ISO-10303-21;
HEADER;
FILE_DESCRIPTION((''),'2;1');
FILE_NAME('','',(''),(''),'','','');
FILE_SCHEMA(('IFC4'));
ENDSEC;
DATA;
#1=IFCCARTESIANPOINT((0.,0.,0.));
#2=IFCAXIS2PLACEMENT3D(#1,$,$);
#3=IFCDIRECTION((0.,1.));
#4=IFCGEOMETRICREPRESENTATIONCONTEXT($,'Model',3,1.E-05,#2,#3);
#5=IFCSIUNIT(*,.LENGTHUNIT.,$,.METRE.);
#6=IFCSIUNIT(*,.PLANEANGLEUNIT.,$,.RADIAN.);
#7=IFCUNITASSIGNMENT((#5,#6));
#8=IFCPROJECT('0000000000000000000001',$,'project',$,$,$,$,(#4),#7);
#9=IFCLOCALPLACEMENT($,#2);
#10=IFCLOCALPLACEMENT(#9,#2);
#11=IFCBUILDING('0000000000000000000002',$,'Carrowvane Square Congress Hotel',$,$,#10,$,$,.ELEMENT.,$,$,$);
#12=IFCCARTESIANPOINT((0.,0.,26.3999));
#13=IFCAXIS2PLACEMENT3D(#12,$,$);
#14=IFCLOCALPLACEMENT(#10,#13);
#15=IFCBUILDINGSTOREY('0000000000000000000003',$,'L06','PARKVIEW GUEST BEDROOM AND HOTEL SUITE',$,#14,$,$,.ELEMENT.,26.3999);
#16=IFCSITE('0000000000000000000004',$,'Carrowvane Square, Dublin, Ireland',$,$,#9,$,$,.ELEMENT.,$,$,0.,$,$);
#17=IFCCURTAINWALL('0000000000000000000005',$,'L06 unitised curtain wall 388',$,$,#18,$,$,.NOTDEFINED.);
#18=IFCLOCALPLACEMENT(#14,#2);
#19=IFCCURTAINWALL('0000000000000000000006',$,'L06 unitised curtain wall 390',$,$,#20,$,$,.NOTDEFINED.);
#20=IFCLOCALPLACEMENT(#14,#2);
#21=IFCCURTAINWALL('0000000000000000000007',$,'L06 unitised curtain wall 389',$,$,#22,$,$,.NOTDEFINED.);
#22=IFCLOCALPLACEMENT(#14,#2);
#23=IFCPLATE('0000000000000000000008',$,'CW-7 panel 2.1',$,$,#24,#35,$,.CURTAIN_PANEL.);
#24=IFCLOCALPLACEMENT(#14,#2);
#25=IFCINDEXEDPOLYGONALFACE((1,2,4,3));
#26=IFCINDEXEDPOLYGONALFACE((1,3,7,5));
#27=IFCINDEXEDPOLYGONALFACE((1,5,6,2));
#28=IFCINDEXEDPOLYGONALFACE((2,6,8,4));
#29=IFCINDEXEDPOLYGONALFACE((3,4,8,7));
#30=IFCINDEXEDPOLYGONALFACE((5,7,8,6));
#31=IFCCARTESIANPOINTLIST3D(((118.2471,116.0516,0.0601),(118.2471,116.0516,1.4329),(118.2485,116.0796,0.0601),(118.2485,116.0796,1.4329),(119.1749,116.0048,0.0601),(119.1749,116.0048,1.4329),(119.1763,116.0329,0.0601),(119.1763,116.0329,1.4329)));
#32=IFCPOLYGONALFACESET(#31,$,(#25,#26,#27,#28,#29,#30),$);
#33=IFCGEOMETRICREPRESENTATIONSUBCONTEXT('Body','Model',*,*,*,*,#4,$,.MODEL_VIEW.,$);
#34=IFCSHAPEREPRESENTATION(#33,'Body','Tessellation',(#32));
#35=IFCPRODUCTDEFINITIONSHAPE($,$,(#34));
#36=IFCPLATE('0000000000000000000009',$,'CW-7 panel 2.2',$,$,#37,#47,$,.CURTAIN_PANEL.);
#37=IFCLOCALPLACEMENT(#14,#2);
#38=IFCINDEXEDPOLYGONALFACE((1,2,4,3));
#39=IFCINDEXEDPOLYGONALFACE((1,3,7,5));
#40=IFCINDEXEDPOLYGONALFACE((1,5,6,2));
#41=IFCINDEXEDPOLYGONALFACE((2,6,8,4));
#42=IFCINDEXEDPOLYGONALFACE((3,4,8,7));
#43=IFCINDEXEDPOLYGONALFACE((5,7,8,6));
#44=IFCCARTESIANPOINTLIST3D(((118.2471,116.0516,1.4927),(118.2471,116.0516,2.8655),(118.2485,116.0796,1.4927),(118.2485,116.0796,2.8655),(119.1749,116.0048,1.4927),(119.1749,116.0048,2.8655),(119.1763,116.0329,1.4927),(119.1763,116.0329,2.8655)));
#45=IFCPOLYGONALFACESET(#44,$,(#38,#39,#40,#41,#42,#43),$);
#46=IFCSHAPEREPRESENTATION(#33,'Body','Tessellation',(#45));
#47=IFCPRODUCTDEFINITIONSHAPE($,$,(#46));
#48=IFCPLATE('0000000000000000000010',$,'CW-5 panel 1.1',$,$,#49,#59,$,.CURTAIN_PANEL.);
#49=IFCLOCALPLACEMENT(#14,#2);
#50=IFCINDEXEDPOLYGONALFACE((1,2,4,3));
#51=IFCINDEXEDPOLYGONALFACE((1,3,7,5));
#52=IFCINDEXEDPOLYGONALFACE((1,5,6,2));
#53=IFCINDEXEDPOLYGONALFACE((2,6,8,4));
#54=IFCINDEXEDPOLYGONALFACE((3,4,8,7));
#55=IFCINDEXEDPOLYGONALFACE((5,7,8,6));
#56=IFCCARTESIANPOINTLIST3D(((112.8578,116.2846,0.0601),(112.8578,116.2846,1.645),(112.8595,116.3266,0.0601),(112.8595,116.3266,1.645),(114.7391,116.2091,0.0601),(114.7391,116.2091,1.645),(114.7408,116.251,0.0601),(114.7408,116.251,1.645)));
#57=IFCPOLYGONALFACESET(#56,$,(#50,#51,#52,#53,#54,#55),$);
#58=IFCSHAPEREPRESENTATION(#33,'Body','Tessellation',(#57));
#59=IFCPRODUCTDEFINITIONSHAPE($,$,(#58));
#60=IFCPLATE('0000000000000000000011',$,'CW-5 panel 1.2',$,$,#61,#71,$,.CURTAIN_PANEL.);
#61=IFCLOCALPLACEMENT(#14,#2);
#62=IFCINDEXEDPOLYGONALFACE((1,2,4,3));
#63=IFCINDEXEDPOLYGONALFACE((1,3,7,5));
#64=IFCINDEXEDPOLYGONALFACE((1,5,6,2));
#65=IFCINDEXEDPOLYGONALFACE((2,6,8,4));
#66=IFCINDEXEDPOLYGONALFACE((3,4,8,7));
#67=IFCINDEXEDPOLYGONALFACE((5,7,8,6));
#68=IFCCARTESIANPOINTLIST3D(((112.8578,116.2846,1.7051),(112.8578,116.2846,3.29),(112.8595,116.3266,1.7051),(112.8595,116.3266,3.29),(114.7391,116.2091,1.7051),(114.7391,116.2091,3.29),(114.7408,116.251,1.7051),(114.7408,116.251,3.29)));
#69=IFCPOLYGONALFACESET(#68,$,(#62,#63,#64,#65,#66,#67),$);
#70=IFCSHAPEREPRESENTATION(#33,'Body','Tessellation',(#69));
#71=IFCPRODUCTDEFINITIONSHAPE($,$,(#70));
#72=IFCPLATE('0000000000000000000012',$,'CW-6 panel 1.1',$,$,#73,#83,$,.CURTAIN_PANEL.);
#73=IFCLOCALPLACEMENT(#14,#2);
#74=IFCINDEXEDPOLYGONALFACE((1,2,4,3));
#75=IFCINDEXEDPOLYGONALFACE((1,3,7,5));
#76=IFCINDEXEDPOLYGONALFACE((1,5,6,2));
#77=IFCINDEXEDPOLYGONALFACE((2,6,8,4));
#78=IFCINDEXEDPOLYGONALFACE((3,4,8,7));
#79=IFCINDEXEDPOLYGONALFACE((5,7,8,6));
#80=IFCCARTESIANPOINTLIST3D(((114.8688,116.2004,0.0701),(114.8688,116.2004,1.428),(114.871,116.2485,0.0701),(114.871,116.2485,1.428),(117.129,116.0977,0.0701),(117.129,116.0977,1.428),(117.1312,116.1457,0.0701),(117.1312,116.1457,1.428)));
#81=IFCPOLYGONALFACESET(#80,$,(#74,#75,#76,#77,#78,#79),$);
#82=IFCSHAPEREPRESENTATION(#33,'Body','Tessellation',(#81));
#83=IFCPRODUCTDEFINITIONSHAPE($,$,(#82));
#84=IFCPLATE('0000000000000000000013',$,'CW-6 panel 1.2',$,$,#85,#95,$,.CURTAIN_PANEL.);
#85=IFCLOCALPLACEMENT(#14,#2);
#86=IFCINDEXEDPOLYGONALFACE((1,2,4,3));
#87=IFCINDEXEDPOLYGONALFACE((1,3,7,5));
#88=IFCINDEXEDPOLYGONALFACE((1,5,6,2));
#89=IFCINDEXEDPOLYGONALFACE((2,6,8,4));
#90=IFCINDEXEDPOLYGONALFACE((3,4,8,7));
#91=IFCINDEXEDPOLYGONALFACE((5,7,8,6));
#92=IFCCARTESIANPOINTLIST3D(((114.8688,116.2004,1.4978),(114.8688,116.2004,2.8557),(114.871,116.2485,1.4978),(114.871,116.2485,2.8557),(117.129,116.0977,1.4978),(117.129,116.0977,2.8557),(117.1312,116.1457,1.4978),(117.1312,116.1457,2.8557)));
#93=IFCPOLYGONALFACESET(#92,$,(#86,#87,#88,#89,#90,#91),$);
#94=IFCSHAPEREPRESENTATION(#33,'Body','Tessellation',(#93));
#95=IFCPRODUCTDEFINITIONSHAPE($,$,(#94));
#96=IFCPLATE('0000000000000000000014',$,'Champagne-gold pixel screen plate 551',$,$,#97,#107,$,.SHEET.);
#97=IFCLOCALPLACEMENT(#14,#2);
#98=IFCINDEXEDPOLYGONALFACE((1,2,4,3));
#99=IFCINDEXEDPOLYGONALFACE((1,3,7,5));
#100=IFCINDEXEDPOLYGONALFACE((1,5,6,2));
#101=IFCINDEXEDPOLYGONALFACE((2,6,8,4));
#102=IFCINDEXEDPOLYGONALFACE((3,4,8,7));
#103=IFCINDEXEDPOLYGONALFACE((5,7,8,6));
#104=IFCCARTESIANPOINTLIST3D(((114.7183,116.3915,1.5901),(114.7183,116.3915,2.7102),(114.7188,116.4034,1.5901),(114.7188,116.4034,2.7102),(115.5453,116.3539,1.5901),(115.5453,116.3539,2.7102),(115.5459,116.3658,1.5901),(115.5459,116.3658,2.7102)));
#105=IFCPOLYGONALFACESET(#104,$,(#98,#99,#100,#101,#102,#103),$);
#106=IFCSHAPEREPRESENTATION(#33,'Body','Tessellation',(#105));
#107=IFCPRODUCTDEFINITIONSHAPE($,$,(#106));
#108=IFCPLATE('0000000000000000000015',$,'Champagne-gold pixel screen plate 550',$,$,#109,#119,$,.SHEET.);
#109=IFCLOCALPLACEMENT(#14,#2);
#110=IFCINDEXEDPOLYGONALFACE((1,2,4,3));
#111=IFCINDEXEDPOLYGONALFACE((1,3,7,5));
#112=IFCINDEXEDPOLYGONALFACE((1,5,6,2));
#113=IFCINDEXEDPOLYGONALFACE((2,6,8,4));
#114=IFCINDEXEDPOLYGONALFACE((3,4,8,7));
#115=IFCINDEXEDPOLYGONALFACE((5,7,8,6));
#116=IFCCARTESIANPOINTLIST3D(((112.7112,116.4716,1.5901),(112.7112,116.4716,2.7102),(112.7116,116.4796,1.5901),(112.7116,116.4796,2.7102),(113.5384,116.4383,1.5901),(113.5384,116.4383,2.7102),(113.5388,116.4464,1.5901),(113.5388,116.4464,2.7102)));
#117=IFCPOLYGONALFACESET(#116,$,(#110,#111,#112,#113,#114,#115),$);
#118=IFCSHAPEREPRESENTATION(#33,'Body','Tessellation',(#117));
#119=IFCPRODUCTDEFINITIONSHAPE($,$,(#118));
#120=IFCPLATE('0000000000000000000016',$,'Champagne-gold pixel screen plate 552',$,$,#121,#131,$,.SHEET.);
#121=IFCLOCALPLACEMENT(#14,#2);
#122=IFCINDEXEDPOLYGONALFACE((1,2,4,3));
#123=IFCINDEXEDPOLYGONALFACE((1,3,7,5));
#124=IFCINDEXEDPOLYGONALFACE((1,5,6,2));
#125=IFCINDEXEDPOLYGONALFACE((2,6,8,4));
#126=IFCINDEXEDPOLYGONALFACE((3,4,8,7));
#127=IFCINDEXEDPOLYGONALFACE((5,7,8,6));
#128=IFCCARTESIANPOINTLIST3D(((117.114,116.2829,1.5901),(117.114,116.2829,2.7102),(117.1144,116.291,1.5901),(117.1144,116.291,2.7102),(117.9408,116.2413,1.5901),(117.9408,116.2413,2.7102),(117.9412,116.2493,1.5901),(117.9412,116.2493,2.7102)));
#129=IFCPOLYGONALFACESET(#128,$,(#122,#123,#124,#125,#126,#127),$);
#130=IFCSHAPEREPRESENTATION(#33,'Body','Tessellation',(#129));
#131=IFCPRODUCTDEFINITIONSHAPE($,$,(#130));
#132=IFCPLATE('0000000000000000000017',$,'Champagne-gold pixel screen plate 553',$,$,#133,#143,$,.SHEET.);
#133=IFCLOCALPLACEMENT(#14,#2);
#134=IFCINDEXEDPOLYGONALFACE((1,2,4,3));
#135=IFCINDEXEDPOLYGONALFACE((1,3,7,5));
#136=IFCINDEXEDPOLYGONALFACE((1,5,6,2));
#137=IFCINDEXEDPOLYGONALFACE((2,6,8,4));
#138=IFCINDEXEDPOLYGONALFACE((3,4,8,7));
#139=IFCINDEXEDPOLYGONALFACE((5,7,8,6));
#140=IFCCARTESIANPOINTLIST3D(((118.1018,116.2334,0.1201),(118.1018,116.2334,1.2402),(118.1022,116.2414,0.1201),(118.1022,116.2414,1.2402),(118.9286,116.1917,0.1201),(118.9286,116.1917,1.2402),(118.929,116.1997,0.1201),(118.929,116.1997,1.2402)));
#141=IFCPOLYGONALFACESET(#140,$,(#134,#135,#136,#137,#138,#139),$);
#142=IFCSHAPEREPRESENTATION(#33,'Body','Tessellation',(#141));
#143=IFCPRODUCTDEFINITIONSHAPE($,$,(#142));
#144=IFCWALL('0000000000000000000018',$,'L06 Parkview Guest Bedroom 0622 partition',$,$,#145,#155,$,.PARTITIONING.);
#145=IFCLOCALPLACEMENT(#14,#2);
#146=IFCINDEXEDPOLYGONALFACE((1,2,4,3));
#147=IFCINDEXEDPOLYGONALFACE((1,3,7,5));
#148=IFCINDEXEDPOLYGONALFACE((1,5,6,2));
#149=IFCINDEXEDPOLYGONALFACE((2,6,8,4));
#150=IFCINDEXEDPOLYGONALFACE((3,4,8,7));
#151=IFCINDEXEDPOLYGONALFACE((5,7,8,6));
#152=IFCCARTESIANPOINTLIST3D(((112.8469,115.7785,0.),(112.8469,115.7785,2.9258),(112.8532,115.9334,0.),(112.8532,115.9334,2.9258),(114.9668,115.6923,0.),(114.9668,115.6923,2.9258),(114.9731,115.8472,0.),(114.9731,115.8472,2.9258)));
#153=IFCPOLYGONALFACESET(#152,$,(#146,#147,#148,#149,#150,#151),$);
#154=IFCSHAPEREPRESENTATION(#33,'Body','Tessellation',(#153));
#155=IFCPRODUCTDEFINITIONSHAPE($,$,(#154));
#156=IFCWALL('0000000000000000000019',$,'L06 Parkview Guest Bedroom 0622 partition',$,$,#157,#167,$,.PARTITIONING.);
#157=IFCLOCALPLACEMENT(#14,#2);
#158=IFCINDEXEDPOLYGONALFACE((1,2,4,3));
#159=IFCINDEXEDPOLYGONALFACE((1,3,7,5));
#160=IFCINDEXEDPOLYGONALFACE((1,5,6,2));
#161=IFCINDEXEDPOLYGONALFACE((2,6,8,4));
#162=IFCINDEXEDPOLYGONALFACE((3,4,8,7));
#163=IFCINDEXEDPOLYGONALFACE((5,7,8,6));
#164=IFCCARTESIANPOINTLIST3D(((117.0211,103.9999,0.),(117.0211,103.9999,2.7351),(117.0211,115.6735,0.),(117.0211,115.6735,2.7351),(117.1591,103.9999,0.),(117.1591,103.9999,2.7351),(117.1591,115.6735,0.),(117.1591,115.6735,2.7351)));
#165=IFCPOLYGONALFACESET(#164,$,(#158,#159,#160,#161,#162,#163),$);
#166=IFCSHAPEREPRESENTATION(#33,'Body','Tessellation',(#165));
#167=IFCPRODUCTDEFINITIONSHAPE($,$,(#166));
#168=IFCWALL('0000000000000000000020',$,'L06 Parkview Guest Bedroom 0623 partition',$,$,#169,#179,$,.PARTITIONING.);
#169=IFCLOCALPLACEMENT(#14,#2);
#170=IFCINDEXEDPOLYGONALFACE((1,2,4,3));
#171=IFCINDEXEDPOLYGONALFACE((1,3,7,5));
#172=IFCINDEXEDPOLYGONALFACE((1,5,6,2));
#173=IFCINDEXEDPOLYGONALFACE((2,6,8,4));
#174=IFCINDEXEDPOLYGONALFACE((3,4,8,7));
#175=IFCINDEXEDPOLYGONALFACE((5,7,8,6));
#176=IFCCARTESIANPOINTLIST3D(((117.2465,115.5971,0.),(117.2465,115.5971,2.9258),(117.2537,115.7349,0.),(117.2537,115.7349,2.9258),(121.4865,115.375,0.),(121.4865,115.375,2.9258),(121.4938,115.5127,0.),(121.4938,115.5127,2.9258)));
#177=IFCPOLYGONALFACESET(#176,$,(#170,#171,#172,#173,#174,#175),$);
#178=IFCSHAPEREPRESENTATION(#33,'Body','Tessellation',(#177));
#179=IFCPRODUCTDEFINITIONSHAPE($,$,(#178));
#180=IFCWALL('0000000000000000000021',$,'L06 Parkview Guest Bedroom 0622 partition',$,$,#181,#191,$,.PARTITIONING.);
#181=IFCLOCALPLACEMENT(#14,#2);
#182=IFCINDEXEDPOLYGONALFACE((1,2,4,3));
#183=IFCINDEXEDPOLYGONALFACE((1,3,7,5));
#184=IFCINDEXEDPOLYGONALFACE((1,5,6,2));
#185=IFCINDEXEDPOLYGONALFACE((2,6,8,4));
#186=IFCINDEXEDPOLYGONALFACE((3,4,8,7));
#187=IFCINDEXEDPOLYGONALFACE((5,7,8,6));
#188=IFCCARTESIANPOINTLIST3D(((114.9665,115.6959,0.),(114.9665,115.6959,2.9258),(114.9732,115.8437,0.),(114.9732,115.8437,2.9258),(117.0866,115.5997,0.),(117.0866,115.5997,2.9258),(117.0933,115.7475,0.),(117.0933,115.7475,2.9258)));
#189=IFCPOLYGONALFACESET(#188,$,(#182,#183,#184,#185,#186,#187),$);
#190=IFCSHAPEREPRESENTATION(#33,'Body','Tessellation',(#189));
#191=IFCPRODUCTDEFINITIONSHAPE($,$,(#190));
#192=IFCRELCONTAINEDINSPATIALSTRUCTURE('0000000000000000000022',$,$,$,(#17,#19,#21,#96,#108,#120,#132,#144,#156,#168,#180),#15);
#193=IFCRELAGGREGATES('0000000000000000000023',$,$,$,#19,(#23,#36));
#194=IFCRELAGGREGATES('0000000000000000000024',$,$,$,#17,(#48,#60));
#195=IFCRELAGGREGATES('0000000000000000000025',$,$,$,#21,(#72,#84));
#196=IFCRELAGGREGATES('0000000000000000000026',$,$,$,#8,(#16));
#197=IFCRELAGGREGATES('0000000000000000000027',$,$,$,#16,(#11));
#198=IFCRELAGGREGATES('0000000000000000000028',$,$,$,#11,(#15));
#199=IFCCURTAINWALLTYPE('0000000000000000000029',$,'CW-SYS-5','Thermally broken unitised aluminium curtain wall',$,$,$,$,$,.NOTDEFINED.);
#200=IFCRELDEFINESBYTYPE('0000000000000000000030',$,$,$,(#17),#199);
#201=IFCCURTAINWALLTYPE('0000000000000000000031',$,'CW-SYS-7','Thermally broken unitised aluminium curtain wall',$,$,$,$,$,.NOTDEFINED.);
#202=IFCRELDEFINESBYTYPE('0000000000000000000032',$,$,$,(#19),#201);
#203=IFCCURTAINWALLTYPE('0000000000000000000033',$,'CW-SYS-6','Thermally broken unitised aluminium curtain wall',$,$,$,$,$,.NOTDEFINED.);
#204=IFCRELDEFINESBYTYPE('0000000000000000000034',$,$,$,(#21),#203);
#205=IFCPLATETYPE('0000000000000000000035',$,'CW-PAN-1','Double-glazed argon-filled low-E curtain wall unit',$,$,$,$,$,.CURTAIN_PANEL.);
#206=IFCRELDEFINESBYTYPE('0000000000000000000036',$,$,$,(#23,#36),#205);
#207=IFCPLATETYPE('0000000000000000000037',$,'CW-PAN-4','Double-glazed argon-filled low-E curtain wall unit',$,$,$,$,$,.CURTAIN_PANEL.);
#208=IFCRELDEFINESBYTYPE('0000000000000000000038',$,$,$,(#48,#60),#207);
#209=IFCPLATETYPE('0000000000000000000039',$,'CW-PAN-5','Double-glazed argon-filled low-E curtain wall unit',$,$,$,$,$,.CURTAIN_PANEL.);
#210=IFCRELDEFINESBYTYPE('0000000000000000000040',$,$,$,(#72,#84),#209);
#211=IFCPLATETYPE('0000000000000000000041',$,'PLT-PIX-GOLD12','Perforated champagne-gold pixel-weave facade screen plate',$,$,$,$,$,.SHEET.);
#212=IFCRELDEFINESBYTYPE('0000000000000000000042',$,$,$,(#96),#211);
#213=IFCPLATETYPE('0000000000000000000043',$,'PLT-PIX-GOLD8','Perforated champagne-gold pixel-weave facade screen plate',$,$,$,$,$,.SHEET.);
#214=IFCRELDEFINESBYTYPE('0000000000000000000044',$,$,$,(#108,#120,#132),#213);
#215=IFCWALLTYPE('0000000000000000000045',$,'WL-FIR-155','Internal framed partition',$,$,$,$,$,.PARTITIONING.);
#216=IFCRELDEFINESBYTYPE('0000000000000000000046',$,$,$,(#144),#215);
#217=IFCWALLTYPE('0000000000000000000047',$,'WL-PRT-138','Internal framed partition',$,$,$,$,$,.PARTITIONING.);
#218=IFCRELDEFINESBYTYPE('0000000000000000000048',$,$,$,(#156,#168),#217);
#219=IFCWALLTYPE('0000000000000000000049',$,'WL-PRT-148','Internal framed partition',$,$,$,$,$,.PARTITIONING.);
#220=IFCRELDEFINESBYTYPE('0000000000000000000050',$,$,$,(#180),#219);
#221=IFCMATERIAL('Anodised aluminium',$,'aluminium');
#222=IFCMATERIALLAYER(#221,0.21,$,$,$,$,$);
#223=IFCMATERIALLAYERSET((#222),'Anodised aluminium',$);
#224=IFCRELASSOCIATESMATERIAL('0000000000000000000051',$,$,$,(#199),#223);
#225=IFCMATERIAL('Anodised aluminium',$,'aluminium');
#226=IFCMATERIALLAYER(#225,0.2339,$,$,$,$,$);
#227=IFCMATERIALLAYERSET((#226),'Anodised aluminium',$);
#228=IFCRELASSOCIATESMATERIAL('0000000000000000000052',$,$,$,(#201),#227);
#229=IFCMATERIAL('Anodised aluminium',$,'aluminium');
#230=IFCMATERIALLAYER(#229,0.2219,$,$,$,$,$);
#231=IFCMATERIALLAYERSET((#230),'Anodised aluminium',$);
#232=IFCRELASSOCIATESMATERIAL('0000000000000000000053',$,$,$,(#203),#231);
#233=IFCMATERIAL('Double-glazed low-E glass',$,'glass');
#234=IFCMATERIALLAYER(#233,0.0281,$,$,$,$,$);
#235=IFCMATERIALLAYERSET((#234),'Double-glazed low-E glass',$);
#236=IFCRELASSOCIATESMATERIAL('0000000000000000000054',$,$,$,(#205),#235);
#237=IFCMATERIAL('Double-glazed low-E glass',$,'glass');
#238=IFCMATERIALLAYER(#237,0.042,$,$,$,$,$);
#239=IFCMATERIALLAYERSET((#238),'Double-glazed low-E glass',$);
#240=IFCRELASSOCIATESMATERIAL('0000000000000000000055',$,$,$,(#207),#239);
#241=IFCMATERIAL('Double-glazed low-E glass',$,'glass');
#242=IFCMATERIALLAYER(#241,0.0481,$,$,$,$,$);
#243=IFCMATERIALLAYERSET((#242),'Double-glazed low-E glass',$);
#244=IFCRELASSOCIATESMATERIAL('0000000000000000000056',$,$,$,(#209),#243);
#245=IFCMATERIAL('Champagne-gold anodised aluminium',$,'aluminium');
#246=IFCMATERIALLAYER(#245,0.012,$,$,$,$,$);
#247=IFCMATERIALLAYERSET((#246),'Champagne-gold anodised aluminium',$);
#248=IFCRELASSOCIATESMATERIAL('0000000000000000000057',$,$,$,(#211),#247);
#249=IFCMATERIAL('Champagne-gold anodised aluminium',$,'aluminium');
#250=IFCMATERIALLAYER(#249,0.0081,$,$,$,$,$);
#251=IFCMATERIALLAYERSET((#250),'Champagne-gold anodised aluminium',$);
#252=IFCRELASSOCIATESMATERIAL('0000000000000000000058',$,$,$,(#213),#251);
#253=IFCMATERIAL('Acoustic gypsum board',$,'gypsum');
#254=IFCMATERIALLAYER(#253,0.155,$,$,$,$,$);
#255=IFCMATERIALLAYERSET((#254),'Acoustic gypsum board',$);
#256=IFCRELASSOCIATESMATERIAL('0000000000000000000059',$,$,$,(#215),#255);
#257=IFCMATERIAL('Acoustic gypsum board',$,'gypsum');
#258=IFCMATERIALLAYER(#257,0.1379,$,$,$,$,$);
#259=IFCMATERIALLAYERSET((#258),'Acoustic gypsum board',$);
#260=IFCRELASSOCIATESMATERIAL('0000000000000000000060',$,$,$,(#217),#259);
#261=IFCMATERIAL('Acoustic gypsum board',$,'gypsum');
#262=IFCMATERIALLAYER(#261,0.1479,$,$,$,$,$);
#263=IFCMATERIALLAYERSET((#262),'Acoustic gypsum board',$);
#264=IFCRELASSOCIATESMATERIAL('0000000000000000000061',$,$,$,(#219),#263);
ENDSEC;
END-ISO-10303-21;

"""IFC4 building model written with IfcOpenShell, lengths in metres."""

from ifc_helpers import new_model, si_unit, direction, frame, frame_2d, origin, origin_2d, place, context, subcontext, project, spatial, rectangle, extrude, material, layer, layer_set, type_object, element, aggregate, save


model = new_model("IFC4")

# Units and contexts
model_context = context("Model", 3, precision=1e-05, world=origin(), true_north=direction((0.0, 1.0)))
body_context = subcontext(model_context, "Body", "Model", "MODEL_VIEW")
ifc_project = project(units=[si_unit("LENGTHUNIT", "METRE"), si_unit("PLANEANGLEUNIT", "RADIAN")], contexts=[model_context])

# Site, building, storey
site_placement = place(None, origin())
site = spatial("IfcSite", under=ifc_project, at=site_placement, Name="Carrowvane Square, Dublin, Ireland", CompositionType="ELEMENT", RefElevation=0.0)
building_placement = place(site_placement, origin())
building = spatial("IfcBuilding", under=site, at=building_placement, Name="Carrowvane Square Congress Hotel", CompositionType="ELEMENT")
storey_placement = place(building_placement, frame((0.0, 0.0, 26.3999)))
storey = spatial("IfcBuildingStorey", under=building, at=storey_placement, Name="L06", Description="PARKVIEW GUEST BEDROOM AND HOTEL SUITE", CompositionType="ELEMENT", Elevation=26.3999)

# Curtain walls
ifc_material_1 = material(Name="Anodised aluminium", Category="aluminium")
ifc_layer_1 = layer(ifc_material_1, 0.21)
ifc_layer_set_1 = layer_set([ifc_layer_1], Name="Anodised aluminium")
curtain_wall_type_1 = type_object("IfcCurtainWallType", Name="CW-SYS-5", Description="Thermally broken unitised aluminium curtain wall", PredefinedType="NOTDEFINED", material=ifc_layer_set_1)
curtain_wall_1_placement = place(storey_placement, origin())
curtain_wall_1 = element("IfcCurtainWall", 1, at=curtain_wall_1_placement, inside=storey, type_object=curtain_wall_type_1, Name="L06 unitised curtain wall 388", PredefinedType="NOTDEFINED")
ifc_material_2 = material(Name="Anodised aluminium", Category="aluminium")
ifc_layer_2 = layer(ifc_material_2, 0.2339)
ifc_layer_set_2 = layer_set([ifc_layer_2], Name="Anodised aluminium")
curtain_wall_type_2 = type_object("IfcCurtainWallType", Name="CW-SYS-7", Description="Thermally broken unitised aluminium curtain wall", PredefinedType="NOTDEFINED", material=ifc_layer_set_2)
curtain_wall_2_placement = place(storey_placement, origin())
curtain_wall_2 = element("IfcCurtainWall", 2, at=curtain_wall_2_placement, inside=storey, type_object=curtain_wall_type_2, Name="L06 unitised curtain wall 390", PredefinedType="NOTDEFINED")
ifc_material_3 = material(Name="Anodised aluminium", Category="aluminium")
ifc_layer_3 = layer(ifc_material_3, 0.2219)
ifc_layer_set_3 = layer_set([ifc_layer_3], Name="Anodised aluminium")
curtain_wall_type_3 = type_object("IfcCurtainWallType", Name="CW-SYS-6", Description="Thermally broken unitised aluminium curtain wall", PredefinedType="NOTDEFINED", material=ifc_layer_set_3)
curtain_wall_3_placement = place(storey_placement, origin())
curtain_wall_3 = element("IfcCurtainWall", 3, at=curtain_wall_3_placement, inside=storey, type_object=curtain_wall_type_3, Name="L06 unitised curtain wall 389", PredefinedType="NOTDEFINED")

# Plates
ifc_material_4 = material(Name="Double-glazed low-E glass", Category="glass")
ifc_layer_4 = layer(ifc_material_4, 0.0281)
ifc_layer_set_4 = layer_set([ifc_layer_4], Name="Double-glazed low-E glass")
plate_type_1 = type_object("IfcPlateType", Name="CW-PAN-1", Description="Double-glazed argon-filled low-E curtain wall unit", PredefinedType="CURTAIN_PANEL", material=ifc_layer_set_4)
plate_1_placement = place(storey_placement, frame((118.7117, 116.0422, 0.0601), z_axis=(0.0, 0.0, 1.0), x_axis=(0.998733, -0.050324, 0.0)))
plate_1 = element("IfcPlate", 4, at=plate_1_placement, type_object=plate_type_1, Name="CW-7 panel 2.1", PredefinedType="CURTAIN_PANEL", context=body_context, shape_type="SweptSolid", body=[
    extrude(rectangle(XDim=0.929, YDim=0.0281, at=origin_2d()), origin(), (0.0, 0.0, 1.0), 1.3728),
])
plate_2_placement = place(storey_placement, frame((118.7117, 116.0422, 1.4927), z_axis=(0.0, 0.0, 1.0), x_axis=(0.998733, -0.050324, 0.0)))
plate_2 = element("IfcPlate", 5, at=plate_2_placement, type_object=plate_type_1, Name="CW-7 panel 2.2", PredefinedType="CURTAIN_PANEL", context=body_context, shape_type="SweptSolid", body=[
    extrude(rectangle(XDim=0.929, YDim=0.0281, at=origin_2d()), origin(), (0.0, 0.0, 1.0), 1.3728),
])
aggregate(curtain_wall_2, [plate_1, plate_2])
ifc_material_5 = material(Name="Double-glazed low-E glass", Category="glass")
ifc_layer_5 = layer(ifc_material_5, 0.042)
ifc_layer_set_5 = layer_set([ifc_layer_5], Name="Double-glazed low-E glass")
plate_type_2 = type_object("IfcPlateType", Name="CW-PAN-4", Description="Double-glazed argon-filled low-E curtain wall unit", PredefinedType="CURTAIN_PANEL", material=ifc_layer_set_5)
plate_3_placement = place(storey_placement, frame((113.7993, 116.2678, 0.0601), z_axis=(0.0, 0.0, 1.0), x_axis=(0.999194, -0.040131, 0.0)))
plate_3 = element("IfcPlate", 6, at=plate_3_placement, type_object=plate_type_2, Name="CW-5 panel 1.1", PredefinedType="CURTAIN_PANEL", context=body_context, shape_type="SweptSolid", body=[
    extrude(rectangle(XDim=1.8828, YDim=0.042, at=origin_2d()), origin(), (0.0, 0.0, 1.0), 1.585),
])
plate_4_placement = place(storey_placement, frame((113.7993, 116.2678, 1.7051), z_axis=(0.0, 0.0, 1.0), x_axis=(0.999194, -0.040131, 0.0)))
plate_4 = element("IfcPlate", 7, at=plate_4_placement, type_object=plate_type_2, Name="CW-5 panel 1.2", PredefinedType="CURTAIN_PANEL", context=body_context, shape_type="SweptSolid", body=[
    extrude(rectangle(XDim=1.8828, YDim=0.042, at=origin_2d()), origin(), (0.0, 0.0, 1.0), 1.585),
])
aggregate(curtain_wall_1, [plate_3, plate_4])
ifc_material_6 = material(Name="Double-glazed low-E glass", Category="glass")
ifc_layer_6 = layer(ifc_material_6, 0.0481)
ifc_layer_set_6 = layer_set([ifc_layer_6], Name="Double-glazed low-E glass")
plate_type_3 = type_object("IfcPlateType", Name="CW-PAN-5", Description="Double-glazed argon-filled low-E curtain wall unit", PredefinedType="CURTAIN_PANEL", material=ifc_layer_set_6)
plate_5_placement = place(storey_placement, frame((116.0, 116.1731, 0.0701), z_axis=(0.0, 0.0, 1.0), x_axis=(0.998968, -0.045411, 0.0)))
plate_5 = element("IfcPlate", 8, at=plate_5_placement, type_object=plate_type_3, Name="CW-6 panel 1.1", PredefinedType="CURTAIN_PANEL", context=body_context, shape_type="SweptSolid", body=[
    extrude(rectangle(XDim=2.2625, YDim=0.0481, at=origin_2d()), origin(), (0.0, 0.0, 1.0), 1.3579),
])
plate_6_placement = place(storey_placement, frame((116.0, 116.1731, 1.4978), z_axis=(0.0, 0.0, 1.0), x_axis=(0.998968, -0.045411, 0.0)))
plate_6 = element("IfcPlate", 9, at=plate_6_placement, type_object=plate_type_3, Name="CW-6 panel 1.2", PredefinedType="CURTAIN_PANEL", context=body_context, shape_type="SweptSolid", body=[
    extrude(rectangle(XDim=2.2625, YDim=0.0481, at=origin_2d()), origin(), (0.0, 0.0, 1.0), 1.3579),
])
aggregate(curtain_wall_3, [plate_5, plate_6])

# Plates
ifc_material_7 = material(Name="Champagne-gold anodised aluminium", Category="aluminium")
ifc_layer_7 = layer(ifc_material_7, 0.012)
ifc_layer_set_7 = layer_set([ifc_layer_7], Name="Champagne-gold anodised aluminium")
plate_type_4 = type_object("IfcPlateType", Name="PLT-PIX-GOLD12", Description="Perforated champagne-gold pixel-weave facade screen plate", PredefinedType="SHEET", material=ifc_layer_set_7)
plate_7_placement = place(storey_placement, frame((115.1321, 116.3787, 1.5901), z_axis=(0.0, 0.0, 1.0), x_axis=(0.998968, -0.045414, 0.0)))
element("IfcPlate", 10, at=plate_7_placement, inside=storey, type_object=plate_type_4, Name="Champagne-gold pixel screen plate 551", PredefinedType="SHEET", context=body_context, shape_type="SweptSolid", body=[
    extrude(rectangle(XDim=0.8279, YDim=0.012, at=origin_2d()), origin(), (0.0, 0.0, 1.0), 1.1201),
])
ifc_material_8 = material(Name="Champagne-gold anodised aluminium", Category="aluminium")
ifc_layer_8 = layer(ifc_material_8, 0.0081)
ifc_layer_set_8 = layer_set([ifc_layer_8], Name="Champagne-gold anodised aluminium")
plate_type_5 = type_object("IfcPlateType", Name="PLT-PIX-GOLD8", Description="Perforated champagne-gold pixel-weave facade screen plate", PredefinedType="SHEET", material=ifc_layer_set_8)
for number, where, z_axis, x_axis, name in (
    (11, (113.125, 116.459, 1.5901), (0.0, 0.0, 1.0), (0.999194, -0.040134, 0.0), "Champagne-gold pixel screen plate 550"),
    (12, (117.5276, 116.2661, 1.5901), (0.0, 0.0, 1.0), (0.998733, -0.050322, 0.0), "Champagne-gold pixel screen plate 552"),
    (13, (118.5154, 116.2166, 0.1201), (0.0, 0.0, 1.0), (0.998733, -0.050322, 0.0), "Champagne-gold pixel screen plate 553"),
):
    element("IfcPlate", number, at=place(storey_placement, frame(where, z_axis=z_axis, x_axis=x_axis)), inside=storey, type_object=plate_type_5, Name=name, PredefinedType="SHEET", context=body_context, shape_type="SweptSolid", body=[
        extrude(rectangle(XDim=0.8279, YDim=0.0081, at=origin_2d()), origin(), (0.0, 0.0, 1.0), 1.1201),
    ])

# Walls
ifc_material_9 = material(Name="Acoustic gypsum board", Category="gypsum")
ifc_layer_9 = layer(ifc_material_9, 0.155)
ifc_layer_set_9 = layer_set([ifc_layer_9], Name="Acoustic gypsum board")
wall_type_1 = type_object("IfcWallType", Name="WL-FIR-155", Description="Internal framed partition", PredefinedType="PARTITIONING", material=ifc_layer_set_9)
wall_1_placement = place(storey_placement, frame((112.8501, 115.856, 0.0), z_axis=(0.0, 0.0, 1.0), x_axis=(0.999175, -0.040621, 0.0)))
element("IfcWall", 14, at=wall_1_placement, inside=storey, type_object=wall_type_1, Name="L06 Parkview Guest Bedroom 0622 partition", PredefinedType="PARTITIONING", context=body_context, shape_type="SweptSolid", body=[
    extrude(rectangle(XDim=2.1216, YDim=0.155, at=frame_2d((1.0608, 0.0))), origin(), (0.0, 0.0, 1.0), 2.9258),
])
ifc_material_10 = material(Name="Acoustic gypsum board", Category="gypsum")
ifc_layer_10 = layer(ifc_material_10, 0.1379)
ifc_layer_set_10 = layer_set([ifc_layer_10], Name="Acoustic gypsum board")
wall_type_2 = type_object("IfcWallType", Name="WL-PRT-138", Description="Internal framed partition", PredefinedType="PARTITIONING", material=ifc_layer_set_10)
wall_2_placement = place(storey_placement, frame((117.0901, 115.6736, 0.0), z_axis=(0.0, 0.0, 1.0), x_axis=(0.0, -1.0, 0.0)))
element("IfcWall", 15, at=wall_2_placement, inside=storey, type_object=wall_type_2, Name="L06 Parkview Guest Bedroom 0622 partition", PredefinedType="PARTITIONING", context=body_context, shape_type="SweptSolid", body=[
    extrude(rectangle(XDim=11.6736, YDim=0.1379, at=frame_2d((5.8369, 0.0))), origin(), (0.0, 0.0, 1.0), 2.7351),
])
wall_3_placement = place(storey_placement, frame((117.25, 115.666, 0.0), z_axis=(0.0, 0.0, 1.0), x_axis=(0.99863, -0.052326, 0.0)))
element("IfcWall", 16, at=wall_3_placement, inside=storey, type_object=wall_type_2, Name="L06 Parkview Guest Bedroom 0623 partition", PredefinedType="PARTITIONING", context=body_context, shape_type="SweptSolid", body=[
    extrude(rectangle(XDim=4.2458, YDim=0.1379, at=frame_2d((2.123, 0.0))), origin(), (0.0, 0.0, 1.0), 2.9258),
])
ifc_material_11 = material(Name="Acoustic gypsum board", Category="gypsum")
ifc_layer_11 = layer(ifc_material_11, 0.1479)
ifc_layer_set_11 = layer_set([ifc_layer_11], Name="Acoustic gypsum board")
wall_type_3 = type_object("IfcWallType", Name="WL-PRT-148", Description="Internal framed partition", PredefinedType="PARTITIONING", material=ifc_layer_set_11)
wall_4_placement = place(storey_placement, frame((114.97, 115.7698, 0.0), z_axis=(0.0, 0.0, 1.0), x_axis=(0.998972, -0.045324, 0.0)))
element("IfcWall", 17, at=wall_4_placement, inside=storey, type_object=wall_type_3, Name="L06 Parkview Guest Bedroom 0622 partition", PredefinedType="PARTITIONING", context=body_context, shape_type="SweptSolid", body=[
    extrude(rectangle(XDim=2.1223, YDim=0.1479, at=frame_2d((1.061, 0.0))), origin(), (0.0, 0.0, 1.0), 2.9258),
])

save(model, "model.ifc")
